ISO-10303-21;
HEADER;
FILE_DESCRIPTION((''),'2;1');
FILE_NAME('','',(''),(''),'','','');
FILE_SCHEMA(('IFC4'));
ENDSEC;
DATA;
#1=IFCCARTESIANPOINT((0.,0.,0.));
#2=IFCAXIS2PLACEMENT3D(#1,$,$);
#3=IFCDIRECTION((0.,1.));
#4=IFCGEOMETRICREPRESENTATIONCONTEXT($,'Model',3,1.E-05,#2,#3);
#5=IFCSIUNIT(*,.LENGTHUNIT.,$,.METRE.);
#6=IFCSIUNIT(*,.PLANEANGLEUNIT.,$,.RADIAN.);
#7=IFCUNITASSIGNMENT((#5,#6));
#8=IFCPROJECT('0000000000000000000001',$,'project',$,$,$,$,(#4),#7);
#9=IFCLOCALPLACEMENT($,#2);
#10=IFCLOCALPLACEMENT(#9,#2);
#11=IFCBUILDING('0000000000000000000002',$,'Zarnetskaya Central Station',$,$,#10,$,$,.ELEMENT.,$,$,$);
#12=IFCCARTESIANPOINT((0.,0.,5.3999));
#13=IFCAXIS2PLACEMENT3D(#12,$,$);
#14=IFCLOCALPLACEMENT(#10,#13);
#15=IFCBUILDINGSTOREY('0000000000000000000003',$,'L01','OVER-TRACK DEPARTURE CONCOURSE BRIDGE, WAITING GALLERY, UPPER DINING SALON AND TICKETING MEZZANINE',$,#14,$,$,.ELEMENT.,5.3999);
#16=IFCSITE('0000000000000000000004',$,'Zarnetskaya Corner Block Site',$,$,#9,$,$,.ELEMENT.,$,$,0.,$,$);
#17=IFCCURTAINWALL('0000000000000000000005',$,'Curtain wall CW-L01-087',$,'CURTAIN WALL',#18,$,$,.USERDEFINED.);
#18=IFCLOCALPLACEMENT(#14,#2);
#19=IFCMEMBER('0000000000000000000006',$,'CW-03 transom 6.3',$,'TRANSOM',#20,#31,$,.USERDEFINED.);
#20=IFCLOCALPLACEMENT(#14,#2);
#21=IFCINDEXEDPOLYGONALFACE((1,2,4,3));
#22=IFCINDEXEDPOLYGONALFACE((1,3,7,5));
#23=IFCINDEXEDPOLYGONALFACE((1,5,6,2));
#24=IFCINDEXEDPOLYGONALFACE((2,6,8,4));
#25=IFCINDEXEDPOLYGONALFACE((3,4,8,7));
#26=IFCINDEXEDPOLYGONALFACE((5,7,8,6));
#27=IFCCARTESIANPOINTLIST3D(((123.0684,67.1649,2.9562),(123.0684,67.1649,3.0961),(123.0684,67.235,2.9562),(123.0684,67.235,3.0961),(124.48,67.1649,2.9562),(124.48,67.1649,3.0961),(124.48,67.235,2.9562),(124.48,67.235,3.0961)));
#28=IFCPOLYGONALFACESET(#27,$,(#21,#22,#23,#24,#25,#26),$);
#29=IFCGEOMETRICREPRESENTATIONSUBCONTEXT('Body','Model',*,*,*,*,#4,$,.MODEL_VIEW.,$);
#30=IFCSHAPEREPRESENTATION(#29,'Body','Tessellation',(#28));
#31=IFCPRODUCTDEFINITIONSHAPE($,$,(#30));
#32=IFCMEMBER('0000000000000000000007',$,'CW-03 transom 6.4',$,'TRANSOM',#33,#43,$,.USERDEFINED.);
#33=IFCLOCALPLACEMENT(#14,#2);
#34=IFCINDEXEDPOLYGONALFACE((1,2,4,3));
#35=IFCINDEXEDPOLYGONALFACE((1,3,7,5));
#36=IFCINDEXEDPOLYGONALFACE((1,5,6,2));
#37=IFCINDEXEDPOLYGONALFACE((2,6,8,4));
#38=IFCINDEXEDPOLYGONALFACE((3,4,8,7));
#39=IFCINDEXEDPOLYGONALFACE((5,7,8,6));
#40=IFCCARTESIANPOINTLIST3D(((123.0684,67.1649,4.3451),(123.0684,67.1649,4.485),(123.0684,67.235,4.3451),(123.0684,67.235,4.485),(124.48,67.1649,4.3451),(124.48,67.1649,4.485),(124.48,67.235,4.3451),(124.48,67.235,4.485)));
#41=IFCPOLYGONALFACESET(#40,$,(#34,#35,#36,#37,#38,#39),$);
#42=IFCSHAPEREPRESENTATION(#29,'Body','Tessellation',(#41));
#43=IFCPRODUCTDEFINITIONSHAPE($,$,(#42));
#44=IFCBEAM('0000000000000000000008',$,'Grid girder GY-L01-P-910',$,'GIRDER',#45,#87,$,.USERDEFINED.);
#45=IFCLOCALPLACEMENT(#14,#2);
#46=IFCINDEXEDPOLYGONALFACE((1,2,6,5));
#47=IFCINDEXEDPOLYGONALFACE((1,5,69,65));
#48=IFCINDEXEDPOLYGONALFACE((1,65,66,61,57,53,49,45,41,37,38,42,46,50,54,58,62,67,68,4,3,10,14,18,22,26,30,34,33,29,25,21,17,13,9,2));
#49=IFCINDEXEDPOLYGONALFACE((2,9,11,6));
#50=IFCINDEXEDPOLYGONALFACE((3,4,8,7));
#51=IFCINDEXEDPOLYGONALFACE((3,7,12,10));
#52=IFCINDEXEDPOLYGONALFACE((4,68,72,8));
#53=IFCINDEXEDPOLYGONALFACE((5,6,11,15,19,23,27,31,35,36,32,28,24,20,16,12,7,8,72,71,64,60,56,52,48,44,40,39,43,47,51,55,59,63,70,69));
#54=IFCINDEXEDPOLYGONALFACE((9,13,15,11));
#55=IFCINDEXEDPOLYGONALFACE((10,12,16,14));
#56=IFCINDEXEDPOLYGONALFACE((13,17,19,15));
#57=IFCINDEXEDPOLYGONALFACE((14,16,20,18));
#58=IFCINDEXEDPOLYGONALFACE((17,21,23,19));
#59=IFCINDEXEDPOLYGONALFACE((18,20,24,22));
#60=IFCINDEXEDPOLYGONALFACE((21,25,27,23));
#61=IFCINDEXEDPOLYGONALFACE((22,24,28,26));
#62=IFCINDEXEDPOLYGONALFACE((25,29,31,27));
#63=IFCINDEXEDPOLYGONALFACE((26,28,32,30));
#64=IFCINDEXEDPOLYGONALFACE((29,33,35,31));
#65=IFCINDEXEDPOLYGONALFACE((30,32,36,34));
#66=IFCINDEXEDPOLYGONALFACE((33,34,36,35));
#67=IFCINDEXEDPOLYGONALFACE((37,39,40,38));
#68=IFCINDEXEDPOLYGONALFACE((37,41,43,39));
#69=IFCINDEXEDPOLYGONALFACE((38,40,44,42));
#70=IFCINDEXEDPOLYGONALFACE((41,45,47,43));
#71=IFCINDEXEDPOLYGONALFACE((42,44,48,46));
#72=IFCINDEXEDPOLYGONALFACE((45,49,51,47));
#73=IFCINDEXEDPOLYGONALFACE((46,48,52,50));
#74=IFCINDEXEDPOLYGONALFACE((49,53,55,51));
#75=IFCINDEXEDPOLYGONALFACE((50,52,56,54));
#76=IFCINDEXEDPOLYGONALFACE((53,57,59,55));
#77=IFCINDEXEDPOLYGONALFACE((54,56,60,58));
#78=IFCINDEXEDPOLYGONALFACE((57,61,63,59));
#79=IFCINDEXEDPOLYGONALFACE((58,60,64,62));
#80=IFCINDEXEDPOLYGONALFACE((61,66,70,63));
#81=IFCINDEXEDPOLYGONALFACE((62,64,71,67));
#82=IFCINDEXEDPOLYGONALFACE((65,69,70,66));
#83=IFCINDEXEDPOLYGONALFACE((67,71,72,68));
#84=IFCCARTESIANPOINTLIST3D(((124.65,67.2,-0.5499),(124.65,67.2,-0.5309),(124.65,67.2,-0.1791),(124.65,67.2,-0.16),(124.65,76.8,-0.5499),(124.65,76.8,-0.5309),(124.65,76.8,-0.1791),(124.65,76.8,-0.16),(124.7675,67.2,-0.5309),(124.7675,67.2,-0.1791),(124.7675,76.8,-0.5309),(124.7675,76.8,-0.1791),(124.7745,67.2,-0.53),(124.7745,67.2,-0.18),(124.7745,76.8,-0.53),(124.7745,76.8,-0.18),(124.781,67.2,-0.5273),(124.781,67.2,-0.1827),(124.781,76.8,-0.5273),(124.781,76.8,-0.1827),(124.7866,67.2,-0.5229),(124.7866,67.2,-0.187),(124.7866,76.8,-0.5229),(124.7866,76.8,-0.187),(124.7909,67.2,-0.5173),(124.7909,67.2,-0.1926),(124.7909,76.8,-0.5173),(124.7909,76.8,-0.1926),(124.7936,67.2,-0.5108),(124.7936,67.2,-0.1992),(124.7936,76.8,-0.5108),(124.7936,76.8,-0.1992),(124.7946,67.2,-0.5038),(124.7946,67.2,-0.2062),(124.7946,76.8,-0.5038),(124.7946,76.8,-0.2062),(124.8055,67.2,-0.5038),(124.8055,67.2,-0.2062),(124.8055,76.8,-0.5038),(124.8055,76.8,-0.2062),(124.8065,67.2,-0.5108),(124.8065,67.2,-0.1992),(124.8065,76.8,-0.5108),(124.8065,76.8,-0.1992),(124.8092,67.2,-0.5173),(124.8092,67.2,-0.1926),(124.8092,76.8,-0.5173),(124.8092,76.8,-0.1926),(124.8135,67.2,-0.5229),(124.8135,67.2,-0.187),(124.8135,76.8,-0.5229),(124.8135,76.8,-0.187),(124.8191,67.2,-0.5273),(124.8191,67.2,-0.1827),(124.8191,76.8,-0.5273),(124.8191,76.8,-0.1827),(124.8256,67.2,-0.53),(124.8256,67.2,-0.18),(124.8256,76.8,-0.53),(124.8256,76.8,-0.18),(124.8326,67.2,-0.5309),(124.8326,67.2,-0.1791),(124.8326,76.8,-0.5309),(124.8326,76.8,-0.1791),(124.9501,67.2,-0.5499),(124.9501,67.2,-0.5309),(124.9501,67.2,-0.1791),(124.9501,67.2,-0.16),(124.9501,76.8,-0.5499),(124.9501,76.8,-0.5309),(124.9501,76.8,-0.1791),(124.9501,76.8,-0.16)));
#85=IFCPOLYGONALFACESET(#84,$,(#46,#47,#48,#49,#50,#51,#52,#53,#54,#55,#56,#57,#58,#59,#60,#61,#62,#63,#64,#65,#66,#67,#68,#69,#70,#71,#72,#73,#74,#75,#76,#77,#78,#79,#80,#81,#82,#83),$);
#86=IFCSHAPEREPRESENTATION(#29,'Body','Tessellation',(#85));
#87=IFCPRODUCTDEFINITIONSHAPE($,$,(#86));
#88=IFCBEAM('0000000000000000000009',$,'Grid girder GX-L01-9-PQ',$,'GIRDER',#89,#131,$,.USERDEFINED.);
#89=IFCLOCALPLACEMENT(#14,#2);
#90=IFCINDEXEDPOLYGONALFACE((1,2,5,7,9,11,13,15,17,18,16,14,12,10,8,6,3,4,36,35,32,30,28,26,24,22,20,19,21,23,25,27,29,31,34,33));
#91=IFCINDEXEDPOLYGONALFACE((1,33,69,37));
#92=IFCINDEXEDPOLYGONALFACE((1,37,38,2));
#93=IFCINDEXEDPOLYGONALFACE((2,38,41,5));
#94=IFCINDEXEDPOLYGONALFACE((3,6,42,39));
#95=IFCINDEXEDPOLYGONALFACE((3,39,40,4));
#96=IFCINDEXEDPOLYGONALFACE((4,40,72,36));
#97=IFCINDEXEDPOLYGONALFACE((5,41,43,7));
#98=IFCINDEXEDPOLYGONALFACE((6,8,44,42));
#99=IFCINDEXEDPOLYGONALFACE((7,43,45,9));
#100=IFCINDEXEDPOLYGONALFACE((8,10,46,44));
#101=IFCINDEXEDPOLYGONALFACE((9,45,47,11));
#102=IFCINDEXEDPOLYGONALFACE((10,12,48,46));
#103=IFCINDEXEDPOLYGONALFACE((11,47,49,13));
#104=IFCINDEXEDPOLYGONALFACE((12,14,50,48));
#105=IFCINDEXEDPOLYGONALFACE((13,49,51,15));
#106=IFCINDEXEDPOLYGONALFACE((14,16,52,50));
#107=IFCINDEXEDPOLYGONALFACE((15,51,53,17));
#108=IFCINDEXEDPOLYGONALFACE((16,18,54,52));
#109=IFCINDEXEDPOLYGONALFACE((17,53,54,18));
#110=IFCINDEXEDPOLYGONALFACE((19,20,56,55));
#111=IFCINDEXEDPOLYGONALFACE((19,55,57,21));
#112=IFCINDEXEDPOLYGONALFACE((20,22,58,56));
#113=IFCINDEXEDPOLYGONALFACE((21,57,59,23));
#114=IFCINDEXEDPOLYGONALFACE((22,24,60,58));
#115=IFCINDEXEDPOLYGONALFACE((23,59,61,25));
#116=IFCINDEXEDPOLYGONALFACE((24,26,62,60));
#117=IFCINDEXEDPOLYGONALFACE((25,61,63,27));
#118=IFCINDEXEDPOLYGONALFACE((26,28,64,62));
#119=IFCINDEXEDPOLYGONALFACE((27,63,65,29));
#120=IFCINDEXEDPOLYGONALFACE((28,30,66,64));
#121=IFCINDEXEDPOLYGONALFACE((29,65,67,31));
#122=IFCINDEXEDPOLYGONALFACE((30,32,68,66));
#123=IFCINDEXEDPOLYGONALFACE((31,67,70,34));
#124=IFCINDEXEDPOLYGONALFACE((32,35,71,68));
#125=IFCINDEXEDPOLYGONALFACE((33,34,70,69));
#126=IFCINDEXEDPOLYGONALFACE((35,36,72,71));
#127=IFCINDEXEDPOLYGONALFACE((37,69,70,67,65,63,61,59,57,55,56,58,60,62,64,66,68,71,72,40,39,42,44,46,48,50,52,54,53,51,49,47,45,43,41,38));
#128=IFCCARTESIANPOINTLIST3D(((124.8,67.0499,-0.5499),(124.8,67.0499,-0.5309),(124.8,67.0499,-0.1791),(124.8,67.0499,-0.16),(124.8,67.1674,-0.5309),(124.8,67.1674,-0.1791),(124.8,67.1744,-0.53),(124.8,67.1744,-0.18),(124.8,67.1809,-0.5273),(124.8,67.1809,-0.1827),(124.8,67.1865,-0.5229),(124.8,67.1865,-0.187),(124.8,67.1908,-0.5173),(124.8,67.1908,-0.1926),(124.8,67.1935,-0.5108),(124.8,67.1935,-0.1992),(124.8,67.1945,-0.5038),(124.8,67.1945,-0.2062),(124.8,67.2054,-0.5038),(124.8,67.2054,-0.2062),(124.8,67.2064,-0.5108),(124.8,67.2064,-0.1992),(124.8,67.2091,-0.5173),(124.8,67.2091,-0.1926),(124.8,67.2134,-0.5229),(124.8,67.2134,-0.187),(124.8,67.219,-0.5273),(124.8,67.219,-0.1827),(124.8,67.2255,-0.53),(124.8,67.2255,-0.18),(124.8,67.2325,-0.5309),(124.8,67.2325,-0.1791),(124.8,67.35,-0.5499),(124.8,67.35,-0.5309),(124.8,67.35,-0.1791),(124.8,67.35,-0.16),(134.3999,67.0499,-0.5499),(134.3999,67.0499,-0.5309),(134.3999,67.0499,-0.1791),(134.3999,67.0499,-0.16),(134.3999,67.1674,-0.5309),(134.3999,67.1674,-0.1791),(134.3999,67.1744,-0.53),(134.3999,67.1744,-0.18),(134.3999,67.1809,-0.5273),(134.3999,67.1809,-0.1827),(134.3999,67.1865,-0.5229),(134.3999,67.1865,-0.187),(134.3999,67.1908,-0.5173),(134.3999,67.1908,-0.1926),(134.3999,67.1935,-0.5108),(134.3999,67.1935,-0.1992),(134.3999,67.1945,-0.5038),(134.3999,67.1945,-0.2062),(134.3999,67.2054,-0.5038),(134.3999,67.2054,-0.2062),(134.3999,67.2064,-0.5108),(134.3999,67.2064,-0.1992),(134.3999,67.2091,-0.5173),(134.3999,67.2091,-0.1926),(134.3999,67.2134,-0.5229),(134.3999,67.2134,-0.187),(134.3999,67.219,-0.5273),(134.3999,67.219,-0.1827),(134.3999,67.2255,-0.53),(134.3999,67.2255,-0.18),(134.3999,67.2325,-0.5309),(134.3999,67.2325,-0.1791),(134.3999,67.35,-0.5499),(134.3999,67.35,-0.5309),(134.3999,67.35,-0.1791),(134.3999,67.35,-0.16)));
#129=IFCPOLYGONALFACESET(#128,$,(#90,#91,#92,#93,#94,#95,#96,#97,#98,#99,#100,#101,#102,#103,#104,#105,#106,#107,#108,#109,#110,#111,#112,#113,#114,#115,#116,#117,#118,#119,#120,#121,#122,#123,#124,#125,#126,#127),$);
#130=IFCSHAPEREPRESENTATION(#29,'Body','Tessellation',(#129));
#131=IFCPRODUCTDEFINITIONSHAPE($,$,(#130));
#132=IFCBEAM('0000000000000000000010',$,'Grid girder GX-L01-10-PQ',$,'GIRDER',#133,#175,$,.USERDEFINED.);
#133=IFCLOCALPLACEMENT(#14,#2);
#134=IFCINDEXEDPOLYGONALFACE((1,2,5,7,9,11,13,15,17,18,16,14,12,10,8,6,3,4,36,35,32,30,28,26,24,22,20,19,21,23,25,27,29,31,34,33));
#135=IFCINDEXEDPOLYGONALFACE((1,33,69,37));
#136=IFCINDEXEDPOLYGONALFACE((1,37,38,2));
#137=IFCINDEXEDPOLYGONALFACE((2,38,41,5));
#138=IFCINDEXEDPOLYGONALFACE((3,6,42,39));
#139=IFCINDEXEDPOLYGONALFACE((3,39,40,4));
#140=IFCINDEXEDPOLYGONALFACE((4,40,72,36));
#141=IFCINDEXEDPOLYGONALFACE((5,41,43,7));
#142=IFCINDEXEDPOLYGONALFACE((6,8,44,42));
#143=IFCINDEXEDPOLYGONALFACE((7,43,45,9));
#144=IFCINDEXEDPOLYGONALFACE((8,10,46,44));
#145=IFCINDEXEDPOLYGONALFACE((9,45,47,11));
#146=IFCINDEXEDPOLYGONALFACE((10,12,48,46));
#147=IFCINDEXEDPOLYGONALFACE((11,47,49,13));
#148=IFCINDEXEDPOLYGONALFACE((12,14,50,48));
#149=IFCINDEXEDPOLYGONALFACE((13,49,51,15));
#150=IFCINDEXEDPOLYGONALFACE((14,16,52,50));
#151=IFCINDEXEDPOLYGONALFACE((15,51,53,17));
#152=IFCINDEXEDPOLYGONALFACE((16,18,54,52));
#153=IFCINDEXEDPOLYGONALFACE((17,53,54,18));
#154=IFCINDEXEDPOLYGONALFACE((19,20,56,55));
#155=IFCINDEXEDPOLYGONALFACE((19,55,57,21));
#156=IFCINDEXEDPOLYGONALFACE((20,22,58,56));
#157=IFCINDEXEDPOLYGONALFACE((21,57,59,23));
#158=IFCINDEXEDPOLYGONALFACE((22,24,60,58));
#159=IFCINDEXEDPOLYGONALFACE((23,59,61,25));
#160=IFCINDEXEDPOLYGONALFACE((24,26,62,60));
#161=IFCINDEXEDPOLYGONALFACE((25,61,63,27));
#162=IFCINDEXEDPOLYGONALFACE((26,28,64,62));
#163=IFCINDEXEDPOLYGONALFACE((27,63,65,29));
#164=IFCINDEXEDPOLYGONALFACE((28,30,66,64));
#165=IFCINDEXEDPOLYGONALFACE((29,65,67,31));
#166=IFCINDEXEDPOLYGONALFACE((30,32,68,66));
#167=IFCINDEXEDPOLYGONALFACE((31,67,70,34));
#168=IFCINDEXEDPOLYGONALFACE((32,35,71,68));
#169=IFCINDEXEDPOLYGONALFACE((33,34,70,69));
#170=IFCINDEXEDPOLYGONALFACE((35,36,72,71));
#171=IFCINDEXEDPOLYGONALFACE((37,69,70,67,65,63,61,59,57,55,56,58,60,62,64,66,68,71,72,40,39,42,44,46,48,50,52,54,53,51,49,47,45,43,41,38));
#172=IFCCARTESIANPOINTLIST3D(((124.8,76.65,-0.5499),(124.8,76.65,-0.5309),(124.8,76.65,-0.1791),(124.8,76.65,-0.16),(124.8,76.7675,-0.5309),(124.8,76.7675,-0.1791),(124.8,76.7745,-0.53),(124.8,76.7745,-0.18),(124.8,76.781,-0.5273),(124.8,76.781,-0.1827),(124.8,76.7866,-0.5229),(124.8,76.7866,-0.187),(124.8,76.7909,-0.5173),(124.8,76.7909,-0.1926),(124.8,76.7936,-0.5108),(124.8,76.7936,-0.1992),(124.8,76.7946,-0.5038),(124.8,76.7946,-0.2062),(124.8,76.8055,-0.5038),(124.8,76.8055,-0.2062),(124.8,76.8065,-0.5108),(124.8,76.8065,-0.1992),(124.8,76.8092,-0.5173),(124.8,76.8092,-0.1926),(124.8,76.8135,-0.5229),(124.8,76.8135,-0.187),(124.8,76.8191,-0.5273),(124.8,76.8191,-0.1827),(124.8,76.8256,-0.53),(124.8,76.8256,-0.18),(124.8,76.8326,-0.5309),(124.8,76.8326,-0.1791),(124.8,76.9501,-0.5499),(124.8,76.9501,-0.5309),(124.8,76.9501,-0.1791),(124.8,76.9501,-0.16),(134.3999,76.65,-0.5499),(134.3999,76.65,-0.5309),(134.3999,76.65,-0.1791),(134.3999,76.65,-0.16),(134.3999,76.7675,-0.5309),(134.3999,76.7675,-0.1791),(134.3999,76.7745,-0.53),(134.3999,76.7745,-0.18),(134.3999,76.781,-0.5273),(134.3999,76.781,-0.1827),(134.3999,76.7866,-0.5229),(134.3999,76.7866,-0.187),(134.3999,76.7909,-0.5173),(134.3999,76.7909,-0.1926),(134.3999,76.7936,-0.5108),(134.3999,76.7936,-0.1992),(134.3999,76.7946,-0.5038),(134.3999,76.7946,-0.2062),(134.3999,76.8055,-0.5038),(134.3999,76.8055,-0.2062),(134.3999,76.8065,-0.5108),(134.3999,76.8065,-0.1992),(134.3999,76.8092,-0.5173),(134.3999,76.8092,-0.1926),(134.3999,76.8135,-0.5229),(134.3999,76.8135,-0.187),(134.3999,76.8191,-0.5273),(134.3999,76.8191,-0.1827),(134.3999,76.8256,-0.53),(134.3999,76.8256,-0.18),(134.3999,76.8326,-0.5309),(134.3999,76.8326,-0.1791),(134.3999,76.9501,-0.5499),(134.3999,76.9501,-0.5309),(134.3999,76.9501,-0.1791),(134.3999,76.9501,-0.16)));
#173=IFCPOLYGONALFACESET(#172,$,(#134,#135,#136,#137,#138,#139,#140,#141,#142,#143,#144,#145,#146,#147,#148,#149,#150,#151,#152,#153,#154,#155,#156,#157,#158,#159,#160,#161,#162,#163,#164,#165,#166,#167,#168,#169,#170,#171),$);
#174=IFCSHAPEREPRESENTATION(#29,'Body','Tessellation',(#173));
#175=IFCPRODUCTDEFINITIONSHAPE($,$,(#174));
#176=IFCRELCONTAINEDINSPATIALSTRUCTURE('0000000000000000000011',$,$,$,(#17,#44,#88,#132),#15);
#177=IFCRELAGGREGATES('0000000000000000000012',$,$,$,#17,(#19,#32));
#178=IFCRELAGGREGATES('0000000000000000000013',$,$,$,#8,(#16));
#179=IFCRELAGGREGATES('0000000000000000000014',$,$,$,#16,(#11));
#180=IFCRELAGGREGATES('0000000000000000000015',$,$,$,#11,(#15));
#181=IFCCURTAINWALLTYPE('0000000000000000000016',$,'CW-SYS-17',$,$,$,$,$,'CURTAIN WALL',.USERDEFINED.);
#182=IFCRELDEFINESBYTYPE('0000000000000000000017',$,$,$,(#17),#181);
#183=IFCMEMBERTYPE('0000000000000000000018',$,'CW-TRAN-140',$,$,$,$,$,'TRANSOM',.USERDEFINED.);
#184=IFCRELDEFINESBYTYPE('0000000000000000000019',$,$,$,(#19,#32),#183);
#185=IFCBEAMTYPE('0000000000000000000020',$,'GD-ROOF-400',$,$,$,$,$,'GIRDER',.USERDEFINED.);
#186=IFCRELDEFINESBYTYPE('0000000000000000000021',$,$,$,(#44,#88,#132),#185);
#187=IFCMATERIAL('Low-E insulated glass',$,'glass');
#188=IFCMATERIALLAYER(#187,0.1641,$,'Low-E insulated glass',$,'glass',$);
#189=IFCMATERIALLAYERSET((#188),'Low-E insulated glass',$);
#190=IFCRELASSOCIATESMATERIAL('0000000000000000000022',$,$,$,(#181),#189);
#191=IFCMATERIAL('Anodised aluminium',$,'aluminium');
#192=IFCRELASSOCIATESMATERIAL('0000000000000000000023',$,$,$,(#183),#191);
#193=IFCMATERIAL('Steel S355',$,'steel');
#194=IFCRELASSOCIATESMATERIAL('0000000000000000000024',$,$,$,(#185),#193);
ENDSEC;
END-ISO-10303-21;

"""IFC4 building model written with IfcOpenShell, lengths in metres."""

from ifc_helpers import new_model, si_unit, direction, frame, origin, origin_2d, place, context, subcontext, project, spatial, rectangle, i_section, extrude, material, layer, layer_set, material_profile, profile_set, type_object, element, aggregate, save


model = new_model("IFC4")

# Units and contexts
model_context = context("Model", 3, precision=1e-05, world=origin(), true_north=direction((0.0, 1.0)))
body_context = subcontext(model_context, "Body", "Model", "MODEL_VIEW")
ifc_project = project(units=[si_unit("LENGTHUNIT", "METRE"), si_unit("PLANEANGLEUNIT", "RADIAN")], contexts=[model_context])

# Site, building, storey
site_placement = place(None, origin())
site = spatial("IfcSite", under=ifc_project, at=site_placement, Name="Zarnetskaya Corner Block Site", CompositionType="ELEMENT", RefElevation=0.0)
building_placement = place(site_placement, origin())
building = spatial("IfcBuilding", under=site, at=building_placement, Name="Zarnetskaya Central Station", CompositionType="ELEMENT")
storey_placement = place(building_placement, frame((0.0, 0.0, 5.3999)))
storey = spatial("IfcBuildingStorey", under=building, at=storey_placement, Name="L01", Description="OVER-TRACK DEPARTURE CONCOURSE BRIDGE, WAITING GALLERY, UPPER DINING SALON AND TICKETING MEZZANINE", CompositionType="ELEMENT", Elevation=5.3999)

# Shared definitions
ifc_material_1 = material(Name="Steel S355", Category="steel")

# Curtain wall, members
ifc_material_2 = material(Name="Low-E insulated glass", Category="glass")
ifc_layer_1 = layer(ifc_material_2, 0.1641, Name="Low-E insulated glass", Category="glass")
ifc_layer_set_1 = layer_set([ifc_layer_1], Name="Low-E insulated glass")
curtain_wall_type = type_object("IfcCurtainWallType", Name="CW-SYS-17", ElementType="CURTAIN WALL", PredefinedType="USERDEFINED", material=ifc_layer_set_1)
curtain_wall_placement = place(storey_placement, origin())
curtain_wall = element("IfcCurtainWall", 1, at=curtain_wall_placement, inside=storey, type_object=curtain_wall_type, Name="Curtain wall CW-L01-087", ObjectType="CURTAIN WALL", PredefinedType="USERDEFINED")
ifc_material_3 = material(Name="Anodised aluminium", Category="aluminium")
ifc_material_profile_1 = material_profile(ifc_material_3, rectangle(XDim=0.0701, YDim=0.1399, at=origin_2d()), Name="ALU TRAN 70x140")
ifc_profile_set_1 = profile_set([ifc_material_profile_1], Name="Anodised aluminium")
member_type_1 = type_object("IfcMemberType", Name="CW-TRAN-140", ElementType="TRANSOM", PredefinedType="USERDEFINED", material=ifc_profile_set_1)
member_1_placement = place(storey_placement, frame((123.0684, 67.2, 3.0261), z_axis=(1.0, 0.0, 0.0), x_axis=(0.0, 1.0, 0.0)))
member_1 = element("IfcMember", 2, at=member_1_placement, type_object=member_type_1, Name="CW-03 transom 6.3", ObjectType="TRANSOM", PredefinedType="USERDEFINED", context=body_context, shape_type="SweptSolid", body=[
    extrude(rectangle(XDim=0.0701, YDim=0.1399, at=origin_2d()), origin(), (0.0, 0.0, 1.0), 1.4116),
])
member_2_placement = place(storey_placement, frame((123.0684, 67.2, 4.415), z_axis=(1.0, 0.0, 0.0), x_axis=(0.0, 1.0, 0.0)))
member_2 = element("IfcMember", 3, at=member_2_placement, type_object=member_type_1, Name="CW-03 transom 6.4", ObjectType="TRANSOM", PredefinedType="USERDEFINED", context=body_context, shape_type="SweptSolid", body=[
    extrude(rectangle(XDim=0.0701, YDim=0.1399, at=origin_2d()), origin(), (0.0, 0.0, 1.0), 1.4116),
])

# Beams
ifc_material_profile_2 = material_profile(ifc_material_1, i_section(OverallWidth=0.3, OverallDepth=0.3899, WebThickness=0.011, FlangeThickness=0.019, FilletRadius=0.0271, at=origin_2d()), Name="HEA 400")
ifc_profile_set_2 = profile_set([ifc_material_profile_2], Name="Steel S355")
beam_type_1 = type_object("IfcBeamType", Name="GD-ROOF-400", ElementType="GIRDER", PredefinedType="USERDEFINED", material=ifc_profile_set_2)
beam_1_placement = place(storey_placement, frame((124.8, 67.2, -0.355), z_axis=(0.0, 1.0, 0.0), x_axis=(-1.0, 0.0, 0.0)))
element("IfcBeam", 4, at=beam_1_placement, inside=storey, type_object=beam_type_1, Name="Grid girder GY-L01-P-910", ObjectType="GIRDER", PredefinedType="USERDEFINED", context=body_context, shape_type="SweptSolid", body=[
    extrude(i_section(OverallWidth=0.3, OverallDepth=0.3899, WebThickness=0.011, FlangeThickness=0.019, FilletRadius=0.0271, at=origin_2d()), origin(), (0.0, 0.0, 1.0), 9.6001),
])
for number, where, z_axis, x_axis, name in (
    (5, (124.8, 67.2, -0.355), (1.0, 0.0, 0.0), (0.0, 1.0, 0.0), "Grid girder GX-L01-9-PQ"),
    (6, (124.8, 76.8, -0.355), (1.0, 0.0, 0.0), (0.0, 1.0, 0.0), "Grid girder GX-L01-10-PQ"),
):
    element("IfcBeam", number, at=place(storey_placement, frame(where, z_axis=z_axis, x_axis=x_axis)), inside=storey, type_object=beam_type_1, Name=name, ObjectType="GIRDER", PredefinedType="USERDEFINED", context=body_context, shape_type="SweptSolid", body=[
        extrude(i_section(OverallWidth=0.3, OverallDepth=0.3899, WebThickness=0.011, FlangeThickness=0.019, FilletRadius=0.0271, at=origin_2d()), origin(), (0.0, 0.0, 1.0), 9.5999),
    ])

aggregate(curtain_wall, [member_1, member_2])

save(model, "model.ifc")
